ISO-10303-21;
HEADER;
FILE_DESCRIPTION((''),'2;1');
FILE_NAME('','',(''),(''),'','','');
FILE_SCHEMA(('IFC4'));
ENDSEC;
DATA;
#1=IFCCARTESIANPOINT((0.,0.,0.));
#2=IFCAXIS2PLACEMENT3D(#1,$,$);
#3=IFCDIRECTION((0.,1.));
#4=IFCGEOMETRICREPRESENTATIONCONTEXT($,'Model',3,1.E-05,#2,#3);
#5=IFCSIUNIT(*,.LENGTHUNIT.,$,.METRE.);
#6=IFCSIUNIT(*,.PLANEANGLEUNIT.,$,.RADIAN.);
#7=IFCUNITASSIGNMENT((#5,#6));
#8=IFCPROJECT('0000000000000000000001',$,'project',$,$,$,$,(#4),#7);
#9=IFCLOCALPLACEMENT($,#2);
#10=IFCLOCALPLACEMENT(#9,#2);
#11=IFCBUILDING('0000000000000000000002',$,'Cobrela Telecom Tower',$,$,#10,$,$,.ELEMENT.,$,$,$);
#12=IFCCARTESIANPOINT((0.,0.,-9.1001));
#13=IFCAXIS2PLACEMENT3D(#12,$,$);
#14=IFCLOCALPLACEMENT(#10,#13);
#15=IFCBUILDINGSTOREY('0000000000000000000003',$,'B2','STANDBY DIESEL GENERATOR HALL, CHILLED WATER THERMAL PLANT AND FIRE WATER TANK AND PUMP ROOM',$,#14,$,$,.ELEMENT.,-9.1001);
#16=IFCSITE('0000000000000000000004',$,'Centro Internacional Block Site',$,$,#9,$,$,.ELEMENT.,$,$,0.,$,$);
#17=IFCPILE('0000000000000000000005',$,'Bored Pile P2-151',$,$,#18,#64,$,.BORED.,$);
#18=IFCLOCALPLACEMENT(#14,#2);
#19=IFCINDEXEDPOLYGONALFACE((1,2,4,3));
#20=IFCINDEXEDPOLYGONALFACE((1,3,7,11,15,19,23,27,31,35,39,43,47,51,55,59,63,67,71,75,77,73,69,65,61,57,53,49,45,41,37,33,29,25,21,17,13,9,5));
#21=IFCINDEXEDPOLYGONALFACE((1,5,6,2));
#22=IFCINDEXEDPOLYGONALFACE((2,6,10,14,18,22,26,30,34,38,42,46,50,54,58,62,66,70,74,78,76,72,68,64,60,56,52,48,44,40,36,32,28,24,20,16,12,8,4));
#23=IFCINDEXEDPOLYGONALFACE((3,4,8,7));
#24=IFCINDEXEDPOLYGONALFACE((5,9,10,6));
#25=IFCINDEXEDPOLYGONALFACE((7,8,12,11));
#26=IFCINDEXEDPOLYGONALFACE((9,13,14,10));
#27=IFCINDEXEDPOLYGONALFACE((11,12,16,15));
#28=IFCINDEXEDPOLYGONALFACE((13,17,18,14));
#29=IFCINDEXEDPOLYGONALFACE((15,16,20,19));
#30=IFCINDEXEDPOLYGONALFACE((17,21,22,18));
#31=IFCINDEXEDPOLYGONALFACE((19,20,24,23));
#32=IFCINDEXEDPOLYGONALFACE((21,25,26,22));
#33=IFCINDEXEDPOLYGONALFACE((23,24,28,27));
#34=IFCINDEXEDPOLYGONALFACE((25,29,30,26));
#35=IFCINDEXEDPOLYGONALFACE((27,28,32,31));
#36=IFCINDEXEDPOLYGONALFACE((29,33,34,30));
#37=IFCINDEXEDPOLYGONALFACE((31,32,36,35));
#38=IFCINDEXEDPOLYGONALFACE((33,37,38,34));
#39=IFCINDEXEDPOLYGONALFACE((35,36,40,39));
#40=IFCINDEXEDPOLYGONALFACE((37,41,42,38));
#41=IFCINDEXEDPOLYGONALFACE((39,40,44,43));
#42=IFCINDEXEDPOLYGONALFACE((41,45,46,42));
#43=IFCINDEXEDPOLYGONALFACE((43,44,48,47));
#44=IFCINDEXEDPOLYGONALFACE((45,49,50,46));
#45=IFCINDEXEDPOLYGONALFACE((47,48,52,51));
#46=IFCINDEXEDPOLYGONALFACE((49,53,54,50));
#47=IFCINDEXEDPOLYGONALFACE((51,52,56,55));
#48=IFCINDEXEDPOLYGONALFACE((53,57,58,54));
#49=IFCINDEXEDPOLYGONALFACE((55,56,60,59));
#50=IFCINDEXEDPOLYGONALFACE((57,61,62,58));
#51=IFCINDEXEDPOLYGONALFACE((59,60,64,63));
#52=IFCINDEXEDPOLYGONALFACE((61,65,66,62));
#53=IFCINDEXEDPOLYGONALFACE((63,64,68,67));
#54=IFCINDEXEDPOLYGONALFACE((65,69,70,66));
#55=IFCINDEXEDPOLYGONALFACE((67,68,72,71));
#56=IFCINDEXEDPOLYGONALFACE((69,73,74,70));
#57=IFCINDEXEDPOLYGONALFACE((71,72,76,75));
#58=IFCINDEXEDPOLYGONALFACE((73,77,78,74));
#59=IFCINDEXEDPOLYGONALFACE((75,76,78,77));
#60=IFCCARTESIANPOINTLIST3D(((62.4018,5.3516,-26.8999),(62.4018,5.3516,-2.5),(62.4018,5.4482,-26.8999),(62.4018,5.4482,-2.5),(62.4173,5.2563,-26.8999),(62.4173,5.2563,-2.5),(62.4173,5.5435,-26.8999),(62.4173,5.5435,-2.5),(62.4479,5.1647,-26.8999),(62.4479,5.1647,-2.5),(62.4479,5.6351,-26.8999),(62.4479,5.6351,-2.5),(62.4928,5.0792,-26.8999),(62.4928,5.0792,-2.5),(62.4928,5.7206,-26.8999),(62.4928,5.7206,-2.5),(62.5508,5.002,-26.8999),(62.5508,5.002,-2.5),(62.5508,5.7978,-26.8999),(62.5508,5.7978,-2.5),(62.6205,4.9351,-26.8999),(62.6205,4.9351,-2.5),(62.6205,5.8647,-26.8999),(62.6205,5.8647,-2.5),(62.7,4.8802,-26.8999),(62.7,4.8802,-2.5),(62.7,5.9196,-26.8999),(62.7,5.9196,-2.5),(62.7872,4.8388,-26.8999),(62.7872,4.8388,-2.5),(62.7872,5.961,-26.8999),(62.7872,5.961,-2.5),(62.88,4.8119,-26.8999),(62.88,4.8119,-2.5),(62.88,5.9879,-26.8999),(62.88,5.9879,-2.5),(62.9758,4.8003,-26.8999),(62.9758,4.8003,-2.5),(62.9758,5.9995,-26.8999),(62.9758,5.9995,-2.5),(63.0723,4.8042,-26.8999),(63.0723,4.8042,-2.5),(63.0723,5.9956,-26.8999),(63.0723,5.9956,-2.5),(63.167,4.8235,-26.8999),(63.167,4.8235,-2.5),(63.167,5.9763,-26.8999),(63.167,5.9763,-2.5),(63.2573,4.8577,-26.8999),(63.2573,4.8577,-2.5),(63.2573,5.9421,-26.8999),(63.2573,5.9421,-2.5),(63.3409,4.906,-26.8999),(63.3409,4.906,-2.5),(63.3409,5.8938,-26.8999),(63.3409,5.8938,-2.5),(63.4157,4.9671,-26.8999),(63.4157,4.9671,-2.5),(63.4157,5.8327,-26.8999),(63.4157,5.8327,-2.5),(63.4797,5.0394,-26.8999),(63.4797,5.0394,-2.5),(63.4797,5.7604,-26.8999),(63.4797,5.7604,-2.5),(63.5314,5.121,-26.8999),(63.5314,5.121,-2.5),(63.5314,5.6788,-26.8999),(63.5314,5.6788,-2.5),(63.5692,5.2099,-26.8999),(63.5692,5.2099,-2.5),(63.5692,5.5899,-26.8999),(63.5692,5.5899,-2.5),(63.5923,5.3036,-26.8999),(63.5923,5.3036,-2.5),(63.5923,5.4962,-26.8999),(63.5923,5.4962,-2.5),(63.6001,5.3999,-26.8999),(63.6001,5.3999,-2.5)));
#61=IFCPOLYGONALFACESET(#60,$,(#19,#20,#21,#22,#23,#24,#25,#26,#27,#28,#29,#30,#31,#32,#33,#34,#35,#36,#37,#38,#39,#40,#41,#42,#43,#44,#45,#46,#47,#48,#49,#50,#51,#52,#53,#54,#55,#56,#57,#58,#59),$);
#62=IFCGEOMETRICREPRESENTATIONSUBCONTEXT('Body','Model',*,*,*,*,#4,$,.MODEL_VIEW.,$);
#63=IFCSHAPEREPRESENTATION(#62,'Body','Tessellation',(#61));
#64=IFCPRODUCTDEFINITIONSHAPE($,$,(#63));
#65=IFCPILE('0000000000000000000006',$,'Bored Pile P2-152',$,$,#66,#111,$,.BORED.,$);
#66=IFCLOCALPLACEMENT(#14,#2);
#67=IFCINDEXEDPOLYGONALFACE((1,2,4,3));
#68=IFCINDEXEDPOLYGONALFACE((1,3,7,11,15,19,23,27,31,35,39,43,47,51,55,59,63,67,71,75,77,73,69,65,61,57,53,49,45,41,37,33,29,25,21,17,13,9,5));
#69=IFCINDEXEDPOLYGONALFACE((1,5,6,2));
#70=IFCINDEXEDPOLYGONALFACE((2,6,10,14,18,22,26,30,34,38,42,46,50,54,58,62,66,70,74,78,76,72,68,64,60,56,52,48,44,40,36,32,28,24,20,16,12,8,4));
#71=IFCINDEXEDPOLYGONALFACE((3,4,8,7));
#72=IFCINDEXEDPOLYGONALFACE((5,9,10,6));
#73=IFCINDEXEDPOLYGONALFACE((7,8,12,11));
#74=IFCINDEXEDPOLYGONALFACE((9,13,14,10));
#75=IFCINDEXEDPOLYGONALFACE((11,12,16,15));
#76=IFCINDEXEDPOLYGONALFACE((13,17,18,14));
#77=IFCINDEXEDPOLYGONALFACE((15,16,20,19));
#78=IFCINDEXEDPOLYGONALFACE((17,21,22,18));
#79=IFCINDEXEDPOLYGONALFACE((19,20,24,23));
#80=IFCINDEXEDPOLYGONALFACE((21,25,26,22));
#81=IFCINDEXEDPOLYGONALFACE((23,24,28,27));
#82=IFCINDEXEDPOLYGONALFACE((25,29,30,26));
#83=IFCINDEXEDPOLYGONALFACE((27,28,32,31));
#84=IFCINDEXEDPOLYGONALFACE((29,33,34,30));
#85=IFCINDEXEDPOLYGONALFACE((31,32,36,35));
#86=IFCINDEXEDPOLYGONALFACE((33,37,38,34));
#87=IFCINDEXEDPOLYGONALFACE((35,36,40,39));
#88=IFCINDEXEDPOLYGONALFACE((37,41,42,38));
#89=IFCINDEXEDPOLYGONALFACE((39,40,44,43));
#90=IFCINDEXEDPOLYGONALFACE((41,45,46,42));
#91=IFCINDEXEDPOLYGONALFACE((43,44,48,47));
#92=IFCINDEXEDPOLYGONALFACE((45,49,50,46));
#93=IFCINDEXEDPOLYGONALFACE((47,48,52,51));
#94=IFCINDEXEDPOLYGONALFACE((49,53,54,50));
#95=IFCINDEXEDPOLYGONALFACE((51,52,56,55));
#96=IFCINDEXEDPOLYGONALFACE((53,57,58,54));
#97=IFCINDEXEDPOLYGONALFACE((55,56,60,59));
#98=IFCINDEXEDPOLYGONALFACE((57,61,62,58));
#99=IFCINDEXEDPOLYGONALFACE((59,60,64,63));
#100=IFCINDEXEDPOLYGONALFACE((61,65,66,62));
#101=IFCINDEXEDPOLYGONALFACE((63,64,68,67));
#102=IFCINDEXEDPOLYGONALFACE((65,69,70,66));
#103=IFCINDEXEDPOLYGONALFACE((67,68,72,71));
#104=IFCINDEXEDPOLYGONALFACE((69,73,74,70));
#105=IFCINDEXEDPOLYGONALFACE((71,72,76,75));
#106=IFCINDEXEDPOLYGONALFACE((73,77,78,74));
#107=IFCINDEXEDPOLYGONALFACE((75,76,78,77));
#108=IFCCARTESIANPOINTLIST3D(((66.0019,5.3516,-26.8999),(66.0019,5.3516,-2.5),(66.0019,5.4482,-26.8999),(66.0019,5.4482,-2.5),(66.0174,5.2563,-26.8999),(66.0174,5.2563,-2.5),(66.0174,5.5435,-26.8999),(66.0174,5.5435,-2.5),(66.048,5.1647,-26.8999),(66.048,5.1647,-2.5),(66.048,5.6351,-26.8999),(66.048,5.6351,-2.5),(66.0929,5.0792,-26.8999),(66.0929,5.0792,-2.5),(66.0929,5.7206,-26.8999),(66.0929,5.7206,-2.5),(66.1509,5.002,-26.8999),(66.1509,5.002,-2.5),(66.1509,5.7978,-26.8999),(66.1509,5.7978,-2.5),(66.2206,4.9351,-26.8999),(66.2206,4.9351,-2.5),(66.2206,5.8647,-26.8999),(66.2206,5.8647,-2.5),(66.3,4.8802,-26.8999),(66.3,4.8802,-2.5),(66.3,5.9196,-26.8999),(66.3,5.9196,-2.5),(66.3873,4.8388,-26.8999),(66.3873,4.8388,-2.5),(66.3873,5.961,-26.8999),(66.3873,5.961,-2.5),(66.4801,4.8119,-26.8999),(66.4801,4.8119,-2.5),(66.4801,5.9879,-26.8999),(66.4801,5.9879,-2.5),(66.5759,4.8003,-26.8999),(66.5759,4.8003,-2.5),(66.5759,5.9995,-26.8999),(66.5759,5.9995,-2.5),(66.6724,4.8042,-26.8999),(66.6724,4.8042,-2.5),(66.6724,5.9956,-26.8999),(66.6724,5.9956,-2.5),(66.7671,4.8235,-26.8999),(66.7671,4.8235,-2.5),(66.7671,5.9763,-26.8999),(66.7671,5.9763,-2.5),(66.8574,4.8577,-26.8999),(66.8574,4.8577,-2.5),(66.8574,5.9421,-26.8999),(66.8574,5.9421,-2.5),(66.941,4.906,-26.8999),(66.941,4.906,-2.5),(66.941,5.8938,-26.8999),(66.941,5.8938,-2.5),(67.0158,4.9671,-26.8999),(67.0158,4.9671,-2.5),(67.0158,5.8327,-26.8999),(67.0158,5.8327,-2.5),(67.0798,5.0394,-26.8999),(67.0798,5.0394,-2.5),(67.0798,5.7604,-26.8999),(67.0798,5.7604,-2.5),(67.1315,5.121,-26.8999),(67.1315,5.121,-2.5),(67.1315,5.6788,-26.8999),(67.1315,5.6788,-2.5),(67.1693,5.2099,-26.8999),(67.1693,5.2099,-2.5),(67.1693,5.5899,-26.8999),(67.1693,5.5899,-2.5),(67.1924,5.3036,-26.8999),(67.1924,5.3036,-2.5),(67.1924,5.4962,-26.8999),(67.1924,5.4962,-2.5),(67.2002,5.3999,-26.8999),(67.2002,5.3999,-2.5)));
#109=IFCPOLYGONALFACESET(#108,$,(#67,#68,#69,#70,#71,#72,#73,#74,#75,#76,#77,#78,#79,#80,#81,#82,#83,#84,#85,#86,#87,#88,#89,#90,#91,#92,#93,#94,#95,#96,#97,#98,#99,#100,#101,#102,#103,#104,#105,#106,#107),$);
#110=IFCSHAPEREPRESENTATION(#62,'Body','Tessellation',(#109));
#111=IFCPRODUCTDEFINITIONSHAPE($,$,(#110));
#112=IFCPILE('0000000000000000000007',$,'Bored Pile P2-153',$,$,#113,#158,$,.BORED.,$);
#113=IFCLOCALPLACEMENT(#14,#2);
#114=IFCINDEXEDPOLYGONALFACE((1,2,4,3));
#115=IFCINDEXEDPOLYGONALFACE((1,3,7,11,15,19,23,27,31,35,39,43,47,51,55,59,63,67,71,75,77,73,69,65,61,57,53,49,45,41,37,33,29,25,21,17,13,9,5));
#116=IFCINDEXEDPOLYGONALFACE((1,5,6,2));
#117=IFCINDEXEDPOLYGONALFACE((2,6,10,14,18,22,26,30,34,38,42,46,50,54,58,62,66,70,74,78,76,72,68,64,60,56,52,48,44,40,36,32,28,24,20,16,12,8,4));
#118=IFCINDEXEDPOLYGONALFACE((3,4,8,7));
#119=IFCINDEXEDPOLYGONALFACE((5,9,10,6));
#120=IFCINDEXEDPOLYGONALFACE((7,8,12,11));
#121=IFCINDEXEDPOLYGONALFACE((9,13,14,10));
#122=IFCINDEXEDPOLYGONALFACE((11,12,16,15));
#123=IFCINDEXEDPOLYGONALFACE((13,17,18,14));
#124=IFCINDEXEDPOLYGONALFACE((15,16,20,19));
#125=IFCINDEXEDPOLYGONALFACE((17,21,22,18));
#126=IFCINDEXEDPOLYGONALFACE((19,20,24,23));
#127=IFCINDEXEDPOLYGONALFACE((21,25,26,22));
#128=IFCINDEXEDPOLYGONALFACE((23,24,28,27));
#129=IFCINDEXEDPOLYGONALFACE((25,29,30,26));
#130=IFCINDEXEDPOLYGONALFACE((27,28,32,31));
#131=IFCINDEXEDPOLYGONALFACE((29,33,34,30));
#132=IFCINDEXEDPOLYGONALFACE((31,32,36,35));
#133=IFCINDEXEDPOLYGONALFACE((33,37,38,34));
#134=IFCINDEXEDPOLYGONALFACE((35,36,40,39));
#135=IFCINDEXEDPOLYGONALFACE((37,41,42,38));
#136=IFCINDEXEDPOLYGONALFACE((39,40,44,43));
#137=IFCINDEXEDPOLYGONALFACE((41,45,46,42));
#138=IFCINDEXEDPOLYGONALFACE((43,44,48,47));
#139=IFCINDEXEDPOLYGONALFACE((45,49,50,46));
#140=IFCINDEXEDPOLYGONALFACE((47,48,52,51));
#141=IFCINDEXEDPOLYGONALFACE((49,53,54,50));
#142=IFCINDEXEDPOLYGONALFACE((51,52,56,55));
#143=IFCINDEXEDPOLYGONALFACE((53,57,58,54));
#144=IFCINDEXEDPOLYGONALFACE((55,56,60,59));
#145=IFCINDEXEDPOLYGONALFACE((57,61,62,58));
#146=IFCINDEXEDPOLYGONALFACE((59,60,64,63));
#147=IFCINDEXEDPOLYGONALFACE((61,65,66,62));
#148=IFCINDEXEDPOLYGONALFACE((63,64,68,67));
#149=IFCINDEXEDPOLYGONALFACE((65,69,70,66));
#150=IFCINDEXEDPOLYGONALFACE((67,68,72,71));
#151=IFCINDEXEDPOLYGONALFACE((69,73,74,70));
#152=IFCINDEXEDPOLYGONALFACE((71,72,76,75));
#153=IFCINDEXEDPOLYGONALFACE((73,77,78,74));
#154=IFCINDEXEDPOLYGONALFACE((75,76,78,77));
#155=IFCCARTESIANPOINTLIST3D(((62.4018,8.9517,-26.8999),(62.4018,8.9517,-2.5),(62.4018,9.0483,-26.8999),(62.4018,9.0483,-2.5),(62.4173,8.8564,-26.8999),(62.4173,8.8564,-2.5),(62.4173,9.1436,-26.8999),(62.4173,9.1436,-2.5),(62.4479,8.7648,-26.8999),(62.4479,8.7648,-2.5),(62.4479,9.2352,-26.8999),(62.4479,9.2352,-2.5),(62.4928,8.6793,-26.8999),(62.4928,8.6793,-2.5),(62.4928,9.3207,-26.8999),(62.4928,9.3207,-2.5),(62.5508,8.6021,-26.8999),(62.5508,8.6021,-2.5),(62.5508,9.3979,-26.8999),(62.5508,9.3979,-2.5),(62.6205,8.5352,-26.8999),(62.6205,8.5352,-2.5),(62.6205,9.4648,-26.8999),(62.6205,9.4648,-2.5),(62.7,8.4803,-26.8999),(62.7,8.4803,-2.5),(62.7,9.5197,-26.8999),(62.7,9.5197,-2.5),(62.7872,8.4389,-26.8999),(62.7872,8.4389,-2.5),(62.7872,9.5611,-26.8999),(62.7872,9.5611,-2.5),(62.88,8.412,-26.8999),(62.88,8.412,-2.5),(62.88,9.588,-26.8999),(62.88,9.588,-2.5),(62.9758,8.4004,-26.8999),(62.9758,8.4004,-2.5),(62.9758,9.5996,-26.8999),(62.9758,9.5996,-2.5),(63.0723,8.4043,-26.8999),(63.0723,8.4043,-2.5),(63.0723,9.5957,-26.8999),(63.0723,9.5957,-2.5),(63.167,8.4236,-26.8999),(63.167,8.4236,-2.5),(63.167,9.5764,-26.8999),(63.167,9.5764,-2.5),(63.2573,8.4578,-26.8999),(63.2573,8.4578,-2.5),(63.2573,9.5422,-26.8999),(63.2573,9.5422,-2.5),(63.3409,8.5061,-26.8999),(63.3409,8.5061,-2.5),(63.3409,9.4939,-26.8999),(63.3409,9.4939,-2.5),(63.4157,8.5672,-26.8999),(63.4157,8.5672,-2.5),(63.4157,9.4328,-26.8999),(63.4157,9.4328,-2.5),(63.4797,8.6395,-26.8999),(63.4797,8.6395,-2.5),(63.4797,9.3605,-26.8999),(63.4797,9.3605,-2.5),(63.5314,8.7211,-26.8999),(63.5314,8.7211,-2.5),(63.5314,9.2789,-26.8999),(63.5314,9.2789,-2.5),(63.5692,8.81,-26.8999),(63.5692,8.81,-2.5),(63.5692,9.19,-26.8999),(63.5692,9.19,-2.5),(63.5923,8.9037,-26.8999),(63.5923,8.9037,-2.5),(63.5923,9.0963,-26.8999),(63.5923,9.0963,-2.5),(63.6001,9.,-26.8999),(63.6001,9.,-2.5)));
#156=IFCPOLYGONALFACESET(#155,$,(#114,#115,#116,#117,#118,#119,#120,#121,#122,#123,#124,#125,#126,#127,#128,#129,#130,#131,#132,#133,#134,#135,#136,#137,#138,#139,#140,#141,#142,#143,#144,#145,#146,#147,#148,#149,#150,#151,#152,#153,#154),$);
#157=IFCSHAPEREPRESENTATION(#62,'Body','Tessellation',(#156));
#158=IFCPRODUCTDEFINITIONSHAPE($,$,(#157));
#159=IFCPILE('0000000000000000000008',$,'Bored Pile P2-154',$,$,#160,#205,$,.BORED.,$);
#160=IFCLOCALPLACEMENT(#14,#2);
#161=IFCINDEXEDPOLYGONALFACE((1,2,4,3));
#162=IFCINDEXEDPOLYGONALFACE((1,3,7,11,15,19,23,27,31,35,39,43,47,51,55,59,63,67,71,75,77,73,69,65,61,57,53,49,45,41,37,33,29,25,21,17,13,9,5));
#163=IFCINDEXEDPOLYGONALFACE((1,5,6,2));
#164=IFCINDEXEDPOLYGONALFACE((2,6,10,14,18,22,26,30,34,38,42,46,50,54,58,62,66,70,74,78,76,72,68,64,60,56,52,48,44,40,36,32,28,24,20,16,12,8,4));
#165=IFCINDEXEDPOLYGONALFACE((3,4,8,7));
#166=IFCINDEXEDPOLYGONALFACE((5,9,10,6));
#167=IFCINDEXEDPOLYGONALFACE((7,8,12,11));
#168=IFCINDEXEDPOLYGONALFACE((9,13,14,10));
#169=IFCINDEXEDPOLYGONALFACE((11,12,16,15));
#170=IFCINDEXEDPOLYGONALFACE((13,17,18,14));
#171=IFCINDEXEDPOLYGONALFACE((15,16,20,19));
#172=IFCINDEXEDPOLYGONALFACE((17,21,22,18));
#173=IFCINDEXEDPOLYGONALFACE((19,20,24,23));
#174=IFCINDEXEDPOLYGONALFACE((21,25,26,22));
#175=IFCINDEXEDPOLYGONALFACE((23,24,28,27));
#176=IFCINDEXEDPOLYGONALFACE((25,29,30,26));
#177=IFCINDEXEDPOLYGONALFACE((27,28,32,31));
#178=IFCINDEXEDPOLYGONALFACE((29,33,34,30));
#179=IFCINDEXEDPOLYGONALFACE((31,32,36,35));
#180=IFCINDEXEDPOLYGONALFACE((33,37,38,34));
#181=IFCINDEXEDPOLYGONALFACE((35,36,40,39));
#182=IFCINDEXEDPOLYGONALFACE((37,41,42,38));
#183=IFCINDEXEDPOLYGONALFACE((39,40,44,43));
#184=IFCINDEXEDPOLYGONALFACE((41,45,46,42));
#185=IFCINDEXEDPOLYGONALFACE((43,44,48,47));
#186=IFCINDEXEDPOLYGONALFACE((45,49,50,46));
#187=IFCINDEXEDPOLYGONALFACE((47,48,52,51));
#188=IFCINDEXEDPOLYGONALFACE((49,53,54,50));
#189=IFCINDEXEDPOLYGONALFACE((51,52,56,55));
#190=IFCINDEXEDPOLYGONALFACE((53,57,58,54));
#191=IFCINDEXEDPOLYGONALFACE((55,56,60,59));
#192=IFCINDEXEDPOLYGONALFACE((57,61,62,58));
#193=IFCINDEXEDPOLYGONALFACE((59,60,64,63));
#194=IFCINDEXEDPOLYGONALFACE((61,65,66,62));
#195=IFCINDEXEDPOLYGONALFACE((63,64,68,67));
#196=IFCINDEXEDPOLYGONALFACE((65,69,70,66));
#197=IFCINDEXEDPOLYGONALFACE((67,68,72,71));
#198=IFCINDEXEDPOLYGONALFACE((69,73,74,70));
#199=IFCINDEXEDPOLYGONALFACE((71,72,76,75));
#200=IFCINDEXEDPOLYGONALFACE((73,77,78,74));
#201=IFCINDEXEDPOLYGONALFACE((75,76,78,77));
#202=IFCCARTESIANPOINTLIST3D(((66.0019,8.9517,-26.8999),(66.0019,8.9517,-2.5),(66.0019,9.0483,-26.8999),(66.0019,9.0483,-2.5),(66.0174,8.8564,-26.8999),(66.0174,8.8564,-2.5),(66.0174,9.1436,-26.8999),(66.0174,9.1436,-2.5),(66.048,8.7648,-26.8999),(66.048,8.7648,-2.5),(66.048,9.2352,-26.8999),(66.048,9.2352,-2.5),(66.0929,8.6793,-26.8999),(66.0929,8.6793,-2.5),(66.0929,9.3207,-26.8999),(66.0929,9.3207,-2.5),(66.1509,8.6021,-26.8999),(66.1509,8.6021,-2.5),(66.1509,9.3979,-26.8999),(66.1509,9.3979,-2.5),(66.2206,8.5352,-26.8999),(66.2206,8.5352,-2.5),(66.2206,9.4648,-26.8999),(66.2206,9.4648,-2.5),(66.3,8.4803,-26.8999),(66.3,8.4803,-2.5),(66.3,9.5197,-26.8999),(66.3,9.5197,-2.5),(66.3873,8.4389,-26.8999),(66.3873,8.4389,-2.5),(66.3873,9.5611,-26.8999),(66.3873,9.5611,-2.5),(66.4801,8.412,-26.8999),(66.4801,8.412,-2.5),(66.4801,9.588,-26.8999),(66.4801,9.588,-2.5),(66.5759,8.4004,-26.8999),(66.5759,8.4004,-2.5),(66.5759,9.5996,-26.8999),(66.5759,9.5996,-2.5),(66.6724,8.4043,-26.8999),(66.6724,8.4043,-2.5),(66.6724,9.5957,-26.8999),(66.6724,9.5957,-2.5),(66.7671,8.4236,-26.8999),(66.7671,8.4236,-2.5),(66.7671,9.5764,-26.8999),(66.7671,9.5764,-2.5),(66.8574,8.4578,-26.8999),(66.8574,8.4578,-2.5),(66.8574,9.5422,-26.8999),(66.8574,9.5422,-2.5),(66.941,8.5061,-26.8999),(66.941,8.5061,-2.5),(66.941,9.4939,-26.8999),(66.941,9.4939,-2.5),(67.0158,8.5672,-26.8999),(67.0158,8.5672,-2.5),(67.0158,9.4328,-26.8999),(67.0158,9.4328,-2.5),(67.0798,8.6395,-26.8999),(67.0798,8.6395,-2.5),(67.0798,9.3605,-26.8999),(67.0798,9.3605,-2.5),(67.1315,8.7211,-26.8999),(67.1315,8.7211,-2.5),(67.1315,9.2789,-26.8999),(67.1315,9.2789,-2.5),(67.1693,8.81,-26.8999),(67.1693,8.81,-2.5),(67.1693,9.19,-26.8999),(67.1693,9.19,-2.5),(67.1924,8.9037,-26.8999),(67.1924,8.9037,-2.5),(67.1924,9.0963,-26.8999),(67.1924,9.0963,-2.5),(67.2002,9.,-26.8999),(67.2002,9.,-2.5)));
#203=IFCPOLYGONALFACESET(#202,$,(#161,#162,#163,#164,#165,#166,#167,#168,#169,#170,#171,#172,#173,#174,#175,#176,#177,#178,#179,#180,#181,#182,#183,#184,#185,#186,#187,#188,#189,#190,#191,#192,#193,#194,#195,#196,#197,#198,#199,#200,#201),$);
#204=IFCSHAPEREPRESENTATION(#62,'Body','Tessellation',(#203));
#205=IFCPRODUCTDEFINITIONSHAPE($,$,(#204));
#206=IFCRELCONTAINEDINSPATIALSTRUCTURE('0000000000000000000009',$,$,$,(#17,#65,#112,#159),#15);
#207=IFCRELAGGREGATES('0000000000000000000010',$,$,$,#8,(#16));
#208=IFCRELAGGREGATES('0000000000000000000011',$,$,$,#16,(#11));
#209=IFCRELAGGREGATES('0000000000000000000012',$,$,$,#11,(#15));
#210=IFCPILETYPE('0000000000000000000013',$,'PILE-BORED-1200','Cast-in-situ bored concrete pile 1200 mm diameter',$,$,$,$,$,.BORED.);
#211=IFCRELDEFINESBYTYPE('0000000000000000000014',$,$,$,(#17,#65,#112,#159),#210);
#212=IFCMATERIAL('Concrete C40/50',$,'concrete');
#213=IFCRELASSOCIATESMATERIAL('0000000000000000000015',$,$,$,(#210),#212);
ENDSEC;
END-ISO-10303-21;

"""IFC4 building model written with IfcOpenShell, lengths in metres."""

from ifc_helpers import new_model, si_unit, direction, frame, origin, origin_2d, place, context, subcontext, project, spatial, circle, extrude, material, material_profile, profile_set, type_object, element, save


model = new_model("IFC4")

# Units and contexts
model_context = context("Model", 3, precision=1e-05, world=origin(), true_north=direction((0.0, 1.0)))
body_context = subcontext(model_context, "Body", "Model", "MODEL_VIEW")
ifc_project = project(units=[si_unit("LENGTHUNIT", "METRE"), si_unit("PLANEANGLEUNIT", "RADIAN")], contexts=[model_context])

# Site, building, storey
site_placement = place(None, origin())
site = spatial("IfcSite", under=ifc_project, at=site_placement, Name="Centro Internacional Block Site", CompositionType="ELEMENT", RefElevation=0.0)
building_placement = place(site_placement, origin())
building = spatial("IfcBuilding", under=site, at=building_placement, Name="Cobrela Telecom Tower", CompositionType="ELEMENT")
storey_placement = place(building_placement, frame((0.0, 0.0, -9.1001)))
storey = spatial("IfcBuildingStorey", under=building, at=storey_placement, Name="B2", Description="STANDBY DIESEL GENERATOR HALL, CHILLED WATER THERMAL PLANT AND FIRE WATER TANK AND PUMP ROOM", CompositionType="ELEMENT", Elevation=-9.1001)

# Shared definitions
ifc_material_1 = material(Name="Concrete C40/50", Category="concrete")

# Piles
ifc_material_profile_1 = material_profile(ifc_material_1, circle(Radius=0.6001, at=origin_2d()), Name="BORED PILE D1200")
ifc_profile_set_1 = profile_set([ifc_material_profile_1], Name="Concrete C40/50")
pile_type = type_object("IfcPileType", Name="PILE-BORED-1200", Description="Cast-in-situ bored concrete pile 1200 mm diameter", PredefinedType="BORED", material=ifc_profile_set_1)
for number, where, z_axis, x_axis, name in (
    (1, (63.0, 5.3999, -2.5), (0.0, 0.0, -1.0), (1.0, 0.0, 0.0), "Bored Pile P2-151"),
    (2, (66.6001, 5.3999, -2.5), (0.0, 0.0, -1.0), (1.0, 0.0, 0.0), "Bored Pile P2-152"),
    (3, (63.0, 9.0, -2.5), (0.0, 0.0, -1.0), (1.0, 0.0, 0.0), "Bored Pile P2-153"),
    (4, (66.6001, 9.0, -2.5), (0.0, 0.0, -1.0), (1.0, 0.0, 0.0), "Bored Pile P2-154"),
):
    element("IfcPile", number, at=place(storey_placement, frame(where, z_axis=z_axis, x_axis=x_axis)), inside=storey, type_object=pile_type, Name=name, PredefinedType="BORED", context=body_context, shape_type="SweptSolid", body=[
        extrude(circle(Radius=0.6001, at=origin_2d()), origin(), (0.0, 0.0, 1.0), 24.3999),
    ])

save(model, "model.ifc")
